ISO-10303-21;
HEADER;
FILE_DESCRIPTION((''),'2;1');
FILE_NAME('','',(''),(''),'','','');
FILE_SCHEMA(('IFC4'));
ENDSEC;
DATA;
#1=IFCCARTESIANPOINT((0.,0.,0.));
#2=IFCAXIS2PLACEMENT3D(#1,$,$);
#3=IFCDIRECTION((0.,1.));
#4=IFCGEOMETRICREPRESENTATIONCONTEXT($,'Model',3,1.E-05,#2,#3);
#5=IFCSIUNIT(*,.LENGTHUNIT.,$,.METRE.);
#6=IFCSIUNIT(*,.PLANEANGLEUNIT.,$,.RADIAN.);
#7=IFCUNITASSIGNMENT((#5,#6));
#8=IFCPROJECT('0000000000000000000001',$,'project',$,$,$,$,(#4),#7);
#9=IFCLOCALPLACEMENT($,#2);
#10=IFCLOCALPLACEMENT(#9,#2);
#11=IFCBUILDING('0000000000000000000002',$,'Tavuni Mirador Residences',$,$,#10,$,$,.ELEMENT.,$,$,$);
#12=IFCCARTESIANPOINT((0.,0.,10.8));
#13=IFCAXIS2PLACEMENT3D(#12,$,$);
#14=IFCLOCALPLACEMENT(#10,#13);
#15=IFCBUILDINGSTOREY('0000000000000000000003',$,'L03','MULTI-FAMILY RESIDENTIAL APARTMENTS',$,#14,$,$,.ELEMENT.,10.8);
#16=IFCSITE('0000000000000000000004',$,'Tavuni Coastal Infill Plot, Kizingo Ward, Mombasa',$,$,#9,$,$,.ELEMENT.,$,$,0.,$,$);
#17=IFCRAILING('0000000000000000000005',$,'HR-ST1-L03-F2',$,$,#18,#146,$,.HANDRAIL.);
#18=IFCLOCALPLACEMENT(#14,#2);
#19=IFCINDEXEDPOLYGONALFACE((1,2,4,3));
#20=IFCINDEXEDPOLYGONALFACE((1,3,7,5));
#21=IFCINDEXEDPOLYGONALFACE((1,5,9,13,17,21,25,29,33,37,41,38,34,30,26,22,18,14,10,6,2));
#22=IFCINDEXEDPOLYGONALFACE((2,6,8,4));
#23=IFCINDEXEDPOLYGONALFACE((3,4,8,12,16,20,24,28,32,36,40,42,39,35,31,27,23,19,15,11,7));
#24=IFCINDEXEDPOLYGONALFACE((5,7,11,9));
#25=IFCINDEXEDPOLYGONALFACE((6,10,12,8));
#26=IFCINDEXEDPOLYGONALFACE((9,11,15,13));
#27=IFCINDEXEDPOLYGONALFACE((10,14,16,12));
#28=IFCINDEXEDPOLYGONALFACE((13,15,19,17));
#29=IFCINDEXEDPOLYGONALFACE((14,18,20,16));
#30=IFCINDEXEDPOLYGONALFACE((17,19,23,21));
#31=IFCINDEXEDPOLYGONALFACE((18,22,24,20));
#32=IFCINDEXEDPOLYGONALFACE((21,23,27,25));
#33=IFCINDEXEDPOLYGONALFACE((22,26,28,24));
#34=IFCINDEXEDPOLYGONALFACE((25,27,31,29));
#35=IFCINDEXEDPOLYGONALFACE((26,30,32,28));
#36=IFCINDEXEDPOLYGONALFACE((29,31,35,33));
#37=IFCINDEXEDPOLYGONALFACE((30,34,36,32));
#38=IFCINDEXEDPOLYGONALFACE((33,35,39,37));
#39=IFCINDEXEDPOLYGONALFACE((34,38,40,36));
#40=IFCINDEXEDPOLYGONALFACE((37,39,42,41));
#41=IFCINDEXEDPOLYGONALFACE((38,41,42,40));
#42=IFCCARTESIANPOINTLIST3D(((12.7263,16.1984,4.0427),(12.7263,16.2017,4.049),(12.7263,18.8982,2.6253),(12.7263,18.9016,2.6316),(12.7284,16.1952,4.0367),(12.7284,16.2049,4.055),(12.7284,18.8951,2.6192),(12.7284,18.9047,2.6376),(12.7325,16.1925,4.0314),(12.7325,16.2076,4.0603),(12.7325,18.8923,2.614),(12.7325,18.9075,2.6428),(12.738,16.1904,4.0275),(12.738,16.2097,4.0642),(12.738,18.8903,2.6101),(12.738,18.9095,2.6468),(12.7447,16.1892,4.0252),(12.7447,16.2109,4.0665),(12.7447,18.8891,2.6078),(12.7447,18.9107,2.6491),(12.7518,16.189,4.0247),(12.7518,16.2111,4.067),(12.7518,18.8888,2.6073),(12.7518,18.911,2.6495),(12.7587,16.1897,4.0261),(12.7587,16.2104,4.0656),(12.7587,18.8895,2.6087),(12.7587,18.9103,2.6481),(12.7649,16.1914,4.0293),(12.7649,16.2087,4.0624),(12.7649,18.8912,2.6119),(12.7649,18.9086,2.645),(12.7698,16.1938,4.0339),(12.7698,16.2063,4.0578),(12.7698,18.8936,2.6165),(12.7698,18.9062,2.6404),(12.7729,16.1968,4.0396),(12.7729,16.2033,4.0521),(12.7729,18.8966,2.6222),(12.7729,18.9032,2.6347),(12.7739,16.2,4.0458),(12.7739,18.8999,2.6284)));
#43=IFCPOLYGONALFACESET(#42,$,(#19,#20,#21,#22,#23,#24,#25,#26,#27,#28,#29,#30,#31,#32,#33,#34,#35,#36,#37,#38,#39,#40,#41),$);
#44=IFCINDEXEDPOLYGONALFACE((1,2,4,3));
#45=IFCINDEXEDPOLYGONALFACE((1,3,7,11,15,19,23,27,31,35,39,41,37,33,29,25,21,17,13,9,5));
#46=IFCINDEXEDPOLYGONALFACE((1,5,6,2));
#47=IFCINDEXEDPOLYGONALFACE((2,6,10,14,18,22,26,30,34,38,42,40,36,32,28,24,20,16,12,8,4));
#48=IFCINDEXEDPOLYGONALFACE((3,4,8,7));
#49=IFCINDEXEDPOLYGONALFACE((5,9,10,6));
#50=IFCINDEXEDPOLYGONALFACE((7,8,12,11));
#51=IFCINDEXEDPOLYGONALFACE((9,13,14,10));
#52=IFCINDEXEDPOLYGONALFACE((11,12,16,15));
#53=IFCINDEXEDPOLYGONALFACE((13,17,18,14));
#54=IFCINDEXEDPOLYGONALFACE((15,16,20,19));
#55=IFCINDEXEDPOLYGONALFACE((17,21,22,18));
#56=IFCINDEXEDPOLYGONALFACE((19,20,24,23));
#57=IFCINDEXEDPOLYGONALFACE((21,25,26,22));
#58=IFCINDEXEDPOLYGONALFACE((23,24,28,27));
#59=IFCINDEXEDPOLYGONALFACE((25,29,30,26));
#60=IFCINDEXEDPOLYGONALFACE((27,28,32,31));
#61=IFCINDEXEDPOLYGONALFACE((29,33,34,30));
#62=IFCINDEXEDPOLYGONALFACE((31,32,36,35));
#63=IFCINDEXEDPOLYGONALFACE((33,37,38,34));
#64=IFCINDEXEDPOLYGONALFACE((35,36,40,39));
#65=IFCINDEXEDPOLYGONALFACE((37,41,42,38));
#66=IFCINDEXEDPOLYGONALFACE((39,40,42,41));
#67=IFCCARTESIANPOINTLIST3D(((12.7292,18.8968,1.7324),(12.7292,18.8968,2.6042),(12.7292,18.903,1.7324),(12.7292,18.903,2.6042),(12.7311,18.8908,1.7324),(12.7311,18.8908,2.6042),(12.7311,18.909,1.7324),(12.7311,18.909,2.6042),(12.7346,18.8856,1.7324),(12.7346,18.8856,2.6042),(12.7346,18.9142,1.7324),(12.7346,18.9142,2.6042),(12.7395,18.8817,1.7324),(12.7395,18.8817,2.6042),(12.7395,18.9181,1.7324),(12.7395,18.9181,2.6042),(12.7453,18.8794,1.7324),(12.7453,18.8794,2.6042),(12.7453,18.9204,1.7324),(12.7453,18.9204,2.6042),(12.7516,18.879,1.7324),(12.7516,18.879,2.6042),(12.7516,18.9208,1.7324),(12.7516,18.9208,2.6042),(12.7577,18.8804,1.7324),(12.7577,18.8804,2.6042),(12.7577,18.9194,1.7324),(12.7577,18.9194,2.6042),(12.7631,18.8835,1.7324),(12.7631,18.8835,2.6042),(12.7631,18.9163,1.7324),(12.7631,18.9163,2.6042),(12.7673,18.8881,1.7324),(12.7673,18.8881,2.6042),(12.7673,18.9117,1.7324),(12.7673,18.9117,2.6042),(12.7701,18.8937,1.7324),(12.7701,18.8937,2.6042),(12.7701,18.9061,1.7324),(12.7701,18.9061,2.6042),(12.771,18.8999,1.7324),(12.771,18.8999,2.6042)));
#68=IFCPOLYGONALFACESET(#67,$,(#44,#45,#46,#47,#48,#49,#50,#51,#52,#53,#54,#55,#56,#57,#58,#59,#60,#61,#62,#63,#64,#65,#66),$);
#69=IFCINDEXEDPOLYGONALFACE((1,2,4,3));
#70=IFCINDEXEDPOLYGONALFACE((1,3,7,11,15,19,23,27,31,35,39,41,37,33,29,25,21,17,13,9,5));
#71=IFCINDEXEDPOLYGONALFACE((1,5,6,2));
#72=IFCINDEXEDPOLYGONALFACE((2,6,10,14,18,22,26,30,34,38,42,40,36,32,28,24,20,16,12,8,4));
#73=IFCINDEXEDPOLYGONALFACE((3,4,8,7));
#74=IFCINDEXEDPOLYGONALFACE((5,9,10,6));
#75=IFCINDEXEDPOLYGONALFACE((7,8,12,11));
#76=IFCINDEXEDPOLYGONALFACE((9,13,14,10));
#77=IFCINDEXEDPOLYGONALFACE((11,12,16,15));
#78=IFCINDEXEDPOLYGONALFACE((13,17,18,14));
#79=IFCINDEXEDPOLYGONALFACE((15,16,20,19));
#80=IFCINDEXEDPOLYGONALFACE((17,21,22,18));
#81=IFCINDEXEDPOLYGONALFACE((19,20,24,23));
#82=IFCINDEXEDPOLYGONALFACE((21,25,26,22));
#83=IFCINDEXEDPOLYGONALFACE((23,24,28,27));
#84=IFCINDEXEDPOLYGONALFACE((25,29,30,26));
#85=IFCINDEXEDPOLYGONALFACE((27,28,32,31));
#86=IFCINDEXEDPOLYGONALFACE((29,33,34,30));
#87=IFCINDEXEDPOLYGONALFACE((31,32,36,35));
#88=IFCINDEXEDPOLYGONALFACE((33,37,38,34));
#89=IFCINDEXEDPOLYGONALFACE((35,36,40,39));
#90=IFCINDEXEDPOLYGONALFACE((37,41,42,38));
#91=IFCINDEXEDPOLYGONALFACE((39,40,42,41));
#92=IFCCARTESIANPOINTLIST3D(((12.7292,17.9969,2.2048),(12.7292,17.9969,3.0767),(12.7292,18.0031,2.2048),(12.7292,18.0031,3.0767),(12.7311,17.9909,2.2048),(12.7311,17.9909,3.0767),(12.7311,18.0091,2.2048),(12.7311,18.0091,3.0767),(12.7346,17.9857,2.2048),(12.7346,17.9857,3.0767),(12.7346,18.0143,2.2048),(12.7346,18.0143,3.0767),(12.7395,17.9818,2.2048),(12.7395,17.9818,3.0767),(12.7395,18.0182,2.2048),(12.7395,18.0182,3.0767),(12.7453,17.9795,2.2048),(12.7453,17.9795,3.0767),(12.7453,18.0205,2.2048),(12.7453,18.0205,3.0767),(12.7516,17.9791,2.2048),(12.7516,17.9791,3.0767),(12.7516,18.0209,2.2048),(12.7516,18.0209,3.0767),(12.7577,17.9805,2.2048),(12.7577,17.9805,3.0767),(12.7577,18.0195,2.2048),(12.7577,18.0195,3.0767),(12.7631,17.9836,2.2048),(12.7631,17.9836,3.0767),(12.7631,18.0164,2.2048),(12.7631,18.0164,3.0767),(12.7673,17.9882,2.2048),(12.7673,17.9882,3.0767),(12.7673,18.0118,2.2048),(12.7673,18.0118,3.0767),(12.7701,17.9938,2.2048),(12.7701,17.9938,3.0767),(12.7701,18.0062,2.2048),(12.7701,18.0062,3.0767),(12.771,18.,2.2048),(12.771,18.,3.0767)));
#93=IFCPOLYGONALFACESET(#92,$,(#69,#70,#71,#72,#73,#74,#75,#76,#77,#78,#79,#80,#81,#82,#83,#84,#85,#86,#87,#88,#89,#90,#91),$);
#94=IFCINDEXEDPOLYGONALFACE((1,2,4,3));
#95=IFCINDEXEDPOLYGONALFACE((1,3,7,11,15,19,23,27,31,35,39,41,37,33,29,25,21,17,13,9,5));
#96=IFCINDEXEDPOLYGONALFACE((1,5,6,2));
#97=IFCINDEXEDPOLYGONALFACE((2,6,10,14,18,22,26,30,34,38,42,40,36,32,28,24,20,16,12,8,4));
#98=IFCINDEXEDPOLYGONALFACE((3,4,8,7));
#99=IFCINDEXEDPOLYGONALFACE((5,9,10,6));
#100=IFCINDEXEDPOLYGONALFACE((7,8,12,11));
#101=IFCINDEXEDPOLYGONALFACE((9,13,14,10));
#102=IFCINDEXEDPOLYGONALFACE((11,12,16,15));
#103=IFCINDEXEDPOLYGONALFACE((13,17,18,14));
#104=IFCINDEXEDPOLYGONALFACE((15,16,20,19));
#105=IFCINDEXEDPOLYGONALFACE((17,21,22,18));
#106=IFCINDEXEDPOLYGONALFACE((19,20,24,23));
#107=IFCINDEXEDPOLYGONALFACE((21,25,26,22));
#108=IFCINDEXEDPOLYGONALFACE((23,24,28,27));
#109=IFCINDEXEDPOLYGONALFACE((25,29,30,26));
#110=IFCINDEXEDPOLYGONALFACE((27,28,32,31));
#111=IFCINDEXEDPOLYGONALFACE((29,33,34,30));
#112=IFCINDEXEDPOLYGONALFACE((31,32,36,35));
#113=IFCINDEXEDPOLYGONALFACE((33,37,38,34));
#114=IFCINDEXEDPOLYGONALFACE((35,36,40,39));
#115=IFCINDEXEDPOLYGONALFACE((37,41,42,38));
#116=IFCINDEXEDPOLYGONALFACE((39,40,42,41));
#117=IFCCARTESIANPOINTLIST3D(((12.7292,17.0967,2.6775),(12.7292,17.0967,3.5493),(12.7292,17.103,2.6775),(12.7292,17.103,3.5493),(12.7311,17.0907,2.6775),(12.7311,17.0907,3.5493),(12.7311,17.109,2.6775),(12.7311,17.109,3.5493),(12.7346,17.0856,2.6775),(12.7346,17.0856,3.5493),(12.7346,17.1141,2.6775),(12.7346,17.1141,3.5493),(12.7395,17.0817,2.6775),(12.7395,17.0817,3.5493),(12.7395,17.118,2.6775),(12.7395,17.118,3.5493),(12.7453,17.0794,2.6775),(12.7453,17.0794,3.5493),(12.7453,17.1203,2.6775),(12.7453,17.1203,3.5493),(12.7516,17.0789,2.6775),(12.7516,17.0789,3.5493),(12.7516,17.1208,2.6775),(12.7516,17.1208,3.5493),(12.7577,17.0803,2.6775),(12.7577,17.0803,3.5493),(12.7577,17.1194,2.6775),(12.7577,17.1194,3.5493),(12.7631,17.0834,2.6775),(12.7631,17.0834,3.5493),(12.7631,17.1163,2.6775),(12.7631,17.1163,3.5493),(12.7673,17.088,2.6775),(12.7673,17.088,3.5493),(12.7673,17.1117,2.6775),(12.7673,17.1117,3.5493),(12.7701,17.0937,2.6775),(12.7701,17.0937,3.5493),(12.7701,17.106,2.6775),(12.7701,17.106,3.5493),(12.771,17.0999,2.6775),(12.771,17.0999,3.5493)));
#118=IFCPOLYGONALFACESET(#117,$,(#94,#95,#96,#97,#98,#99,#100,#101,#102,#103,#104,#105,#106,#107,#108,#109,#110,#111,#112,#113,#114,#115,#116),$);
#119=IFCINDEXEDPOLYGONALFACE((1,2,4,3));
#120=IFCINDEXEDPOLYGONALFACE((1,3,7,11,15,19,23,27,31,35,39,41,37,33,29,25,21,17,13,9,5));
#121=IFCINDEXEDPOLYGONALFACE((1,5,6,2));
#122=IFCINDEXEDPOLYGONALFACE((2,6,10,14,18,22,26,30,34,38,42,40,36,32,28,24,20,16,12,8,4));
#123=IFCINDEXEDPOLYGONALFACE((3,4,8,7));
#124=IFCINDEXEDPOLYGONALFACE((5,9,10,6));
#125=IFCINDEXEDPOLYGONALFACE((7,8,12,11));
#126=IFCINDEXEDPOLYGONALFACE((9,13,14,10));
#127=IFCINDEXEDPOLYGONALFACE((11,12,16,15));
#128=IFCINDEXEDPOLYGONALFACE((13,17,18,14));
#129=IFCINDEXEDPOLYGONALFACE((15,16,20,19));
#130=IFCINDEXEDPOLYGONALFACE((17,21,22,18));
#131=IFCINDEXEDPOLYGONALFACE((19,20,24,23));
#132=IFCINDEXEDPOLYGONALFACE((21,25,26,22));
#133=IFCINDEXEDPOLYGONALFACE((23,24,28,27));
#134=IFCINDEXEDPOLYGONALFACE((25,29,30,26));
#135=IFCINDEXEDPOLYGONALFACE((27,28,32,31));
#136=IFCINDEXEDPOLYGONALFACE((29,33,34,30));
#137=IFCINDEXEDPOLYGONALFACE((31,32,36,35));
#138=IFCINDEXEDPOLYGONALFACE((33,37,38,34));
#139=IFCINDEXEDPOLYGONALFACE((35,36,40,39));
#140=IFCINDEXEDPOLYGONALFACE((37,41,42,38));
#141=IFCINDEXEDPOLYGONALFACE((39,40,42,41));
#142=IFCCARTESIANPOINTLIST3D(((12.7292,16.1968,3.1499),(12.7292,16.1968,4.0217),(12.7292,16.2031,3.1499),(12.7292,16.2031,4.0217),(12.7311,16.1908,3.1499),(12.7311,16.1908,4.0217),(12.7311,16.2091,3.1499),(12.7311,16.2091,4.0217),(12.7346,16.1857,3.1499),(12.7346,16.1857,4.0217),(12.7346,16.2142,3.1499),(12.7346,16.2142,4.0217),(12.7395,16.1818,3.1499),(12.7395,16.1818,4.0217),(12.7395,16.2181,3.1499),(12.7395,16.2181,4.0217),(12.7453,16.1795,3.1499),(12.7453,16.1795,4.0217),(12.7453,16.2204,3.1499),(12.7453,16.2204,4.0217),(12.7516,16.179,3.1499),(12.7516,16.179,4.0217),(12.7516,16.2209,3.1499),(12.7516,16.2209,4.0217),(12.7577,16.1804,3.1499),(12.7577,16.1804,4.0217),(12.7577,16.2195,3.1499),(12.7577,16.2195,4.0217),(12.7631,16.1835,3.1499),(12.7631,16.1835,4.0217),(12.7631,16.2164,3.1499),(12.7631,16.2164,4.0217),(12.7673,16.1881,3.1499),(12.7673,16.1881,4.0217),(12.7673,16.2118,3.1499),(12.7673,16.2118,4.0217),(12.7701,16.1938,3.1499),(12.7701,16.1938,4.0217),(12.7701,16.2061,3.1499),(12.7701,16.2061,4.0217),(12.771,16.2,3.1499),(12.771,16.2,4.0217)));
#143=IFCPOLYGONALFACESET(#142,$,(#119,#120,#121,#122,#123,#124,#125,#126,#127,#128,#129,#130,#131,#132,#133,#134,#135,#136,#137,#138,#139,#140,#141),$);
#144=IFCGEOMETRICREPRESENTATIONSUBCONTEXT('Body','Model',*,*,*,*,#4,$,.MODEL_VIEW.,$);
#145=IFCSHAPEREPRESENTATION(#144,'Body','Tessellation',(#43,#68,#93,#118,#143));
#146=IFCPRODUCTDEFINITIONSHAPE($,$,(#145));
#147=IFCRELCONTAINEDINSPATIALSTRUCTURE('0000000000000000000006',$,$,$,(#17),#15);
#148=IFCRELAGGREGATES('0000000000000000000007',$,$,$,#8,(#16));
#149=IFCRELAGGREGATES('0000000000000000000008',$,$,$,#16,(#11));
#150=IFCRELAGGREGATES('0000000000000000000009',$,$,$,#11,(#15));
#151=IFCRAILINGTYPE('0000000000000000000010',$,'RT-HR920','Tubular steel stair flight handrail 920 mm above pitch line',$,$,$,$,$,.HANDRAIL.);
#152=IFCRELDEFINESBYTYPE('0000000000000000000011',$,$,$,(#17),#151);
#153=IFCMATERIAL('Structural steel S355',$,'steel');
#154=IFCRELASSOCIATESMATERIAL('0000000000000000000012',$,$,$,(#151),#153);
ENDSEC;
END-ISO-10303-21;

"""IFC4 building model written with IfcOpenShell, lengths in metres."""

from ifc_helpers import new_model, si_unit, direction, frame, origin, origin_2d, place, context, subcontext, project, spatial, circle, extrude, material, type_object, element, save


model = new_model("IFC4")

# Units and contexts
model_context = context("Model", 3, precision=1e-05, world=origin(), true_north=direction((0.0, 1.0)))
body_context = subcontext(model_context, "Body", "Model", "MODEL_VIEW")
ifc_project = project(units=[si_unit("LENGTHUNIT", "METRE"), si_unit("PLANEANGLEUNIT", "RADIAN")], contexts=[model_context])

# Site, building, storey
site_placement = place(None, origin())
site = spatial("IfcSite", under=ifc_project, at=site_placement, Name="Tavuni Coastal Infill Plot, Kizingo Ward, Mombasa", CompositionType="ELEMENT", RefElevation=0.0)
building_placement = place(site_placement, origin())
building = spatial("IfcBuilding", under=site, at=building_placement, Name="Tavuni Mirador Residences", CompositionType="ELEMENT")
storey_placement = place(building_placement, frame((0.0, 0.0, 10.8)))
storey = spatial("IfcBuildingStorey", under=building, at=storey_placement, Name="L03", Description="MULTI-FAMILY RESIDENTIAL APARTMENTS", CompositionType="ELEMENT", Elevation=10.8)

# Shared definitions
ifc_material_1 = material(Name="Structural steel S355", Category="steel")

# Railing
railing_type_1 = type_object("IfcRailingType", Name="RT-HR920", Description="Tubular steel stair flight handrail 920 mm above pitch line", PredefinedType="HANDRAIL", material=ifc_material_1)
railing_1_placement = place(storey_placement, frame((12.75, 18.8999, 1.7324)))
element("IfcRailing", 1, at=railing_1_placement, inside=storey, type_object=railing_type_1, Name="HR-ST1-L03-F2", PredefinedType="HANDRAIL", context=body_context, shape_type="SweptSolid", body=[
    extrude(circle(Radius=0.0239, at=origin_2d()), frame((0.0, 0.0, 0.896), z_axis=(0.0, -0.885397, 0.464835), x_axis=(1.0, 0.0, 0.0)), (0.0, 0.0, 1.0), 3.0493),
    extrude(circle(Radius=0.021, at=origin_2d()), origin(), (0.0, 0.0, 1.0), 0.8718),
    extrude(circle(Radius=0.021, at=origin_2d()), frame((0.0, -0.8999, 0.4724)), (0.0, 0.0, 1.0), 0.8718),
    extrude(circle(Radius=0.021, at=origin_2d()), frame((0.0, -1.8, 0.9451)), (0.0, 0.0, 1.0), 0.8718),
    extrude(circle(Radius=0.021, at=origin_2d()), frame((0.0, -2.7, 1.4175)), (0.0, 0.0, 1.0), 0.8718),
])

save(model, "model.ifc")
